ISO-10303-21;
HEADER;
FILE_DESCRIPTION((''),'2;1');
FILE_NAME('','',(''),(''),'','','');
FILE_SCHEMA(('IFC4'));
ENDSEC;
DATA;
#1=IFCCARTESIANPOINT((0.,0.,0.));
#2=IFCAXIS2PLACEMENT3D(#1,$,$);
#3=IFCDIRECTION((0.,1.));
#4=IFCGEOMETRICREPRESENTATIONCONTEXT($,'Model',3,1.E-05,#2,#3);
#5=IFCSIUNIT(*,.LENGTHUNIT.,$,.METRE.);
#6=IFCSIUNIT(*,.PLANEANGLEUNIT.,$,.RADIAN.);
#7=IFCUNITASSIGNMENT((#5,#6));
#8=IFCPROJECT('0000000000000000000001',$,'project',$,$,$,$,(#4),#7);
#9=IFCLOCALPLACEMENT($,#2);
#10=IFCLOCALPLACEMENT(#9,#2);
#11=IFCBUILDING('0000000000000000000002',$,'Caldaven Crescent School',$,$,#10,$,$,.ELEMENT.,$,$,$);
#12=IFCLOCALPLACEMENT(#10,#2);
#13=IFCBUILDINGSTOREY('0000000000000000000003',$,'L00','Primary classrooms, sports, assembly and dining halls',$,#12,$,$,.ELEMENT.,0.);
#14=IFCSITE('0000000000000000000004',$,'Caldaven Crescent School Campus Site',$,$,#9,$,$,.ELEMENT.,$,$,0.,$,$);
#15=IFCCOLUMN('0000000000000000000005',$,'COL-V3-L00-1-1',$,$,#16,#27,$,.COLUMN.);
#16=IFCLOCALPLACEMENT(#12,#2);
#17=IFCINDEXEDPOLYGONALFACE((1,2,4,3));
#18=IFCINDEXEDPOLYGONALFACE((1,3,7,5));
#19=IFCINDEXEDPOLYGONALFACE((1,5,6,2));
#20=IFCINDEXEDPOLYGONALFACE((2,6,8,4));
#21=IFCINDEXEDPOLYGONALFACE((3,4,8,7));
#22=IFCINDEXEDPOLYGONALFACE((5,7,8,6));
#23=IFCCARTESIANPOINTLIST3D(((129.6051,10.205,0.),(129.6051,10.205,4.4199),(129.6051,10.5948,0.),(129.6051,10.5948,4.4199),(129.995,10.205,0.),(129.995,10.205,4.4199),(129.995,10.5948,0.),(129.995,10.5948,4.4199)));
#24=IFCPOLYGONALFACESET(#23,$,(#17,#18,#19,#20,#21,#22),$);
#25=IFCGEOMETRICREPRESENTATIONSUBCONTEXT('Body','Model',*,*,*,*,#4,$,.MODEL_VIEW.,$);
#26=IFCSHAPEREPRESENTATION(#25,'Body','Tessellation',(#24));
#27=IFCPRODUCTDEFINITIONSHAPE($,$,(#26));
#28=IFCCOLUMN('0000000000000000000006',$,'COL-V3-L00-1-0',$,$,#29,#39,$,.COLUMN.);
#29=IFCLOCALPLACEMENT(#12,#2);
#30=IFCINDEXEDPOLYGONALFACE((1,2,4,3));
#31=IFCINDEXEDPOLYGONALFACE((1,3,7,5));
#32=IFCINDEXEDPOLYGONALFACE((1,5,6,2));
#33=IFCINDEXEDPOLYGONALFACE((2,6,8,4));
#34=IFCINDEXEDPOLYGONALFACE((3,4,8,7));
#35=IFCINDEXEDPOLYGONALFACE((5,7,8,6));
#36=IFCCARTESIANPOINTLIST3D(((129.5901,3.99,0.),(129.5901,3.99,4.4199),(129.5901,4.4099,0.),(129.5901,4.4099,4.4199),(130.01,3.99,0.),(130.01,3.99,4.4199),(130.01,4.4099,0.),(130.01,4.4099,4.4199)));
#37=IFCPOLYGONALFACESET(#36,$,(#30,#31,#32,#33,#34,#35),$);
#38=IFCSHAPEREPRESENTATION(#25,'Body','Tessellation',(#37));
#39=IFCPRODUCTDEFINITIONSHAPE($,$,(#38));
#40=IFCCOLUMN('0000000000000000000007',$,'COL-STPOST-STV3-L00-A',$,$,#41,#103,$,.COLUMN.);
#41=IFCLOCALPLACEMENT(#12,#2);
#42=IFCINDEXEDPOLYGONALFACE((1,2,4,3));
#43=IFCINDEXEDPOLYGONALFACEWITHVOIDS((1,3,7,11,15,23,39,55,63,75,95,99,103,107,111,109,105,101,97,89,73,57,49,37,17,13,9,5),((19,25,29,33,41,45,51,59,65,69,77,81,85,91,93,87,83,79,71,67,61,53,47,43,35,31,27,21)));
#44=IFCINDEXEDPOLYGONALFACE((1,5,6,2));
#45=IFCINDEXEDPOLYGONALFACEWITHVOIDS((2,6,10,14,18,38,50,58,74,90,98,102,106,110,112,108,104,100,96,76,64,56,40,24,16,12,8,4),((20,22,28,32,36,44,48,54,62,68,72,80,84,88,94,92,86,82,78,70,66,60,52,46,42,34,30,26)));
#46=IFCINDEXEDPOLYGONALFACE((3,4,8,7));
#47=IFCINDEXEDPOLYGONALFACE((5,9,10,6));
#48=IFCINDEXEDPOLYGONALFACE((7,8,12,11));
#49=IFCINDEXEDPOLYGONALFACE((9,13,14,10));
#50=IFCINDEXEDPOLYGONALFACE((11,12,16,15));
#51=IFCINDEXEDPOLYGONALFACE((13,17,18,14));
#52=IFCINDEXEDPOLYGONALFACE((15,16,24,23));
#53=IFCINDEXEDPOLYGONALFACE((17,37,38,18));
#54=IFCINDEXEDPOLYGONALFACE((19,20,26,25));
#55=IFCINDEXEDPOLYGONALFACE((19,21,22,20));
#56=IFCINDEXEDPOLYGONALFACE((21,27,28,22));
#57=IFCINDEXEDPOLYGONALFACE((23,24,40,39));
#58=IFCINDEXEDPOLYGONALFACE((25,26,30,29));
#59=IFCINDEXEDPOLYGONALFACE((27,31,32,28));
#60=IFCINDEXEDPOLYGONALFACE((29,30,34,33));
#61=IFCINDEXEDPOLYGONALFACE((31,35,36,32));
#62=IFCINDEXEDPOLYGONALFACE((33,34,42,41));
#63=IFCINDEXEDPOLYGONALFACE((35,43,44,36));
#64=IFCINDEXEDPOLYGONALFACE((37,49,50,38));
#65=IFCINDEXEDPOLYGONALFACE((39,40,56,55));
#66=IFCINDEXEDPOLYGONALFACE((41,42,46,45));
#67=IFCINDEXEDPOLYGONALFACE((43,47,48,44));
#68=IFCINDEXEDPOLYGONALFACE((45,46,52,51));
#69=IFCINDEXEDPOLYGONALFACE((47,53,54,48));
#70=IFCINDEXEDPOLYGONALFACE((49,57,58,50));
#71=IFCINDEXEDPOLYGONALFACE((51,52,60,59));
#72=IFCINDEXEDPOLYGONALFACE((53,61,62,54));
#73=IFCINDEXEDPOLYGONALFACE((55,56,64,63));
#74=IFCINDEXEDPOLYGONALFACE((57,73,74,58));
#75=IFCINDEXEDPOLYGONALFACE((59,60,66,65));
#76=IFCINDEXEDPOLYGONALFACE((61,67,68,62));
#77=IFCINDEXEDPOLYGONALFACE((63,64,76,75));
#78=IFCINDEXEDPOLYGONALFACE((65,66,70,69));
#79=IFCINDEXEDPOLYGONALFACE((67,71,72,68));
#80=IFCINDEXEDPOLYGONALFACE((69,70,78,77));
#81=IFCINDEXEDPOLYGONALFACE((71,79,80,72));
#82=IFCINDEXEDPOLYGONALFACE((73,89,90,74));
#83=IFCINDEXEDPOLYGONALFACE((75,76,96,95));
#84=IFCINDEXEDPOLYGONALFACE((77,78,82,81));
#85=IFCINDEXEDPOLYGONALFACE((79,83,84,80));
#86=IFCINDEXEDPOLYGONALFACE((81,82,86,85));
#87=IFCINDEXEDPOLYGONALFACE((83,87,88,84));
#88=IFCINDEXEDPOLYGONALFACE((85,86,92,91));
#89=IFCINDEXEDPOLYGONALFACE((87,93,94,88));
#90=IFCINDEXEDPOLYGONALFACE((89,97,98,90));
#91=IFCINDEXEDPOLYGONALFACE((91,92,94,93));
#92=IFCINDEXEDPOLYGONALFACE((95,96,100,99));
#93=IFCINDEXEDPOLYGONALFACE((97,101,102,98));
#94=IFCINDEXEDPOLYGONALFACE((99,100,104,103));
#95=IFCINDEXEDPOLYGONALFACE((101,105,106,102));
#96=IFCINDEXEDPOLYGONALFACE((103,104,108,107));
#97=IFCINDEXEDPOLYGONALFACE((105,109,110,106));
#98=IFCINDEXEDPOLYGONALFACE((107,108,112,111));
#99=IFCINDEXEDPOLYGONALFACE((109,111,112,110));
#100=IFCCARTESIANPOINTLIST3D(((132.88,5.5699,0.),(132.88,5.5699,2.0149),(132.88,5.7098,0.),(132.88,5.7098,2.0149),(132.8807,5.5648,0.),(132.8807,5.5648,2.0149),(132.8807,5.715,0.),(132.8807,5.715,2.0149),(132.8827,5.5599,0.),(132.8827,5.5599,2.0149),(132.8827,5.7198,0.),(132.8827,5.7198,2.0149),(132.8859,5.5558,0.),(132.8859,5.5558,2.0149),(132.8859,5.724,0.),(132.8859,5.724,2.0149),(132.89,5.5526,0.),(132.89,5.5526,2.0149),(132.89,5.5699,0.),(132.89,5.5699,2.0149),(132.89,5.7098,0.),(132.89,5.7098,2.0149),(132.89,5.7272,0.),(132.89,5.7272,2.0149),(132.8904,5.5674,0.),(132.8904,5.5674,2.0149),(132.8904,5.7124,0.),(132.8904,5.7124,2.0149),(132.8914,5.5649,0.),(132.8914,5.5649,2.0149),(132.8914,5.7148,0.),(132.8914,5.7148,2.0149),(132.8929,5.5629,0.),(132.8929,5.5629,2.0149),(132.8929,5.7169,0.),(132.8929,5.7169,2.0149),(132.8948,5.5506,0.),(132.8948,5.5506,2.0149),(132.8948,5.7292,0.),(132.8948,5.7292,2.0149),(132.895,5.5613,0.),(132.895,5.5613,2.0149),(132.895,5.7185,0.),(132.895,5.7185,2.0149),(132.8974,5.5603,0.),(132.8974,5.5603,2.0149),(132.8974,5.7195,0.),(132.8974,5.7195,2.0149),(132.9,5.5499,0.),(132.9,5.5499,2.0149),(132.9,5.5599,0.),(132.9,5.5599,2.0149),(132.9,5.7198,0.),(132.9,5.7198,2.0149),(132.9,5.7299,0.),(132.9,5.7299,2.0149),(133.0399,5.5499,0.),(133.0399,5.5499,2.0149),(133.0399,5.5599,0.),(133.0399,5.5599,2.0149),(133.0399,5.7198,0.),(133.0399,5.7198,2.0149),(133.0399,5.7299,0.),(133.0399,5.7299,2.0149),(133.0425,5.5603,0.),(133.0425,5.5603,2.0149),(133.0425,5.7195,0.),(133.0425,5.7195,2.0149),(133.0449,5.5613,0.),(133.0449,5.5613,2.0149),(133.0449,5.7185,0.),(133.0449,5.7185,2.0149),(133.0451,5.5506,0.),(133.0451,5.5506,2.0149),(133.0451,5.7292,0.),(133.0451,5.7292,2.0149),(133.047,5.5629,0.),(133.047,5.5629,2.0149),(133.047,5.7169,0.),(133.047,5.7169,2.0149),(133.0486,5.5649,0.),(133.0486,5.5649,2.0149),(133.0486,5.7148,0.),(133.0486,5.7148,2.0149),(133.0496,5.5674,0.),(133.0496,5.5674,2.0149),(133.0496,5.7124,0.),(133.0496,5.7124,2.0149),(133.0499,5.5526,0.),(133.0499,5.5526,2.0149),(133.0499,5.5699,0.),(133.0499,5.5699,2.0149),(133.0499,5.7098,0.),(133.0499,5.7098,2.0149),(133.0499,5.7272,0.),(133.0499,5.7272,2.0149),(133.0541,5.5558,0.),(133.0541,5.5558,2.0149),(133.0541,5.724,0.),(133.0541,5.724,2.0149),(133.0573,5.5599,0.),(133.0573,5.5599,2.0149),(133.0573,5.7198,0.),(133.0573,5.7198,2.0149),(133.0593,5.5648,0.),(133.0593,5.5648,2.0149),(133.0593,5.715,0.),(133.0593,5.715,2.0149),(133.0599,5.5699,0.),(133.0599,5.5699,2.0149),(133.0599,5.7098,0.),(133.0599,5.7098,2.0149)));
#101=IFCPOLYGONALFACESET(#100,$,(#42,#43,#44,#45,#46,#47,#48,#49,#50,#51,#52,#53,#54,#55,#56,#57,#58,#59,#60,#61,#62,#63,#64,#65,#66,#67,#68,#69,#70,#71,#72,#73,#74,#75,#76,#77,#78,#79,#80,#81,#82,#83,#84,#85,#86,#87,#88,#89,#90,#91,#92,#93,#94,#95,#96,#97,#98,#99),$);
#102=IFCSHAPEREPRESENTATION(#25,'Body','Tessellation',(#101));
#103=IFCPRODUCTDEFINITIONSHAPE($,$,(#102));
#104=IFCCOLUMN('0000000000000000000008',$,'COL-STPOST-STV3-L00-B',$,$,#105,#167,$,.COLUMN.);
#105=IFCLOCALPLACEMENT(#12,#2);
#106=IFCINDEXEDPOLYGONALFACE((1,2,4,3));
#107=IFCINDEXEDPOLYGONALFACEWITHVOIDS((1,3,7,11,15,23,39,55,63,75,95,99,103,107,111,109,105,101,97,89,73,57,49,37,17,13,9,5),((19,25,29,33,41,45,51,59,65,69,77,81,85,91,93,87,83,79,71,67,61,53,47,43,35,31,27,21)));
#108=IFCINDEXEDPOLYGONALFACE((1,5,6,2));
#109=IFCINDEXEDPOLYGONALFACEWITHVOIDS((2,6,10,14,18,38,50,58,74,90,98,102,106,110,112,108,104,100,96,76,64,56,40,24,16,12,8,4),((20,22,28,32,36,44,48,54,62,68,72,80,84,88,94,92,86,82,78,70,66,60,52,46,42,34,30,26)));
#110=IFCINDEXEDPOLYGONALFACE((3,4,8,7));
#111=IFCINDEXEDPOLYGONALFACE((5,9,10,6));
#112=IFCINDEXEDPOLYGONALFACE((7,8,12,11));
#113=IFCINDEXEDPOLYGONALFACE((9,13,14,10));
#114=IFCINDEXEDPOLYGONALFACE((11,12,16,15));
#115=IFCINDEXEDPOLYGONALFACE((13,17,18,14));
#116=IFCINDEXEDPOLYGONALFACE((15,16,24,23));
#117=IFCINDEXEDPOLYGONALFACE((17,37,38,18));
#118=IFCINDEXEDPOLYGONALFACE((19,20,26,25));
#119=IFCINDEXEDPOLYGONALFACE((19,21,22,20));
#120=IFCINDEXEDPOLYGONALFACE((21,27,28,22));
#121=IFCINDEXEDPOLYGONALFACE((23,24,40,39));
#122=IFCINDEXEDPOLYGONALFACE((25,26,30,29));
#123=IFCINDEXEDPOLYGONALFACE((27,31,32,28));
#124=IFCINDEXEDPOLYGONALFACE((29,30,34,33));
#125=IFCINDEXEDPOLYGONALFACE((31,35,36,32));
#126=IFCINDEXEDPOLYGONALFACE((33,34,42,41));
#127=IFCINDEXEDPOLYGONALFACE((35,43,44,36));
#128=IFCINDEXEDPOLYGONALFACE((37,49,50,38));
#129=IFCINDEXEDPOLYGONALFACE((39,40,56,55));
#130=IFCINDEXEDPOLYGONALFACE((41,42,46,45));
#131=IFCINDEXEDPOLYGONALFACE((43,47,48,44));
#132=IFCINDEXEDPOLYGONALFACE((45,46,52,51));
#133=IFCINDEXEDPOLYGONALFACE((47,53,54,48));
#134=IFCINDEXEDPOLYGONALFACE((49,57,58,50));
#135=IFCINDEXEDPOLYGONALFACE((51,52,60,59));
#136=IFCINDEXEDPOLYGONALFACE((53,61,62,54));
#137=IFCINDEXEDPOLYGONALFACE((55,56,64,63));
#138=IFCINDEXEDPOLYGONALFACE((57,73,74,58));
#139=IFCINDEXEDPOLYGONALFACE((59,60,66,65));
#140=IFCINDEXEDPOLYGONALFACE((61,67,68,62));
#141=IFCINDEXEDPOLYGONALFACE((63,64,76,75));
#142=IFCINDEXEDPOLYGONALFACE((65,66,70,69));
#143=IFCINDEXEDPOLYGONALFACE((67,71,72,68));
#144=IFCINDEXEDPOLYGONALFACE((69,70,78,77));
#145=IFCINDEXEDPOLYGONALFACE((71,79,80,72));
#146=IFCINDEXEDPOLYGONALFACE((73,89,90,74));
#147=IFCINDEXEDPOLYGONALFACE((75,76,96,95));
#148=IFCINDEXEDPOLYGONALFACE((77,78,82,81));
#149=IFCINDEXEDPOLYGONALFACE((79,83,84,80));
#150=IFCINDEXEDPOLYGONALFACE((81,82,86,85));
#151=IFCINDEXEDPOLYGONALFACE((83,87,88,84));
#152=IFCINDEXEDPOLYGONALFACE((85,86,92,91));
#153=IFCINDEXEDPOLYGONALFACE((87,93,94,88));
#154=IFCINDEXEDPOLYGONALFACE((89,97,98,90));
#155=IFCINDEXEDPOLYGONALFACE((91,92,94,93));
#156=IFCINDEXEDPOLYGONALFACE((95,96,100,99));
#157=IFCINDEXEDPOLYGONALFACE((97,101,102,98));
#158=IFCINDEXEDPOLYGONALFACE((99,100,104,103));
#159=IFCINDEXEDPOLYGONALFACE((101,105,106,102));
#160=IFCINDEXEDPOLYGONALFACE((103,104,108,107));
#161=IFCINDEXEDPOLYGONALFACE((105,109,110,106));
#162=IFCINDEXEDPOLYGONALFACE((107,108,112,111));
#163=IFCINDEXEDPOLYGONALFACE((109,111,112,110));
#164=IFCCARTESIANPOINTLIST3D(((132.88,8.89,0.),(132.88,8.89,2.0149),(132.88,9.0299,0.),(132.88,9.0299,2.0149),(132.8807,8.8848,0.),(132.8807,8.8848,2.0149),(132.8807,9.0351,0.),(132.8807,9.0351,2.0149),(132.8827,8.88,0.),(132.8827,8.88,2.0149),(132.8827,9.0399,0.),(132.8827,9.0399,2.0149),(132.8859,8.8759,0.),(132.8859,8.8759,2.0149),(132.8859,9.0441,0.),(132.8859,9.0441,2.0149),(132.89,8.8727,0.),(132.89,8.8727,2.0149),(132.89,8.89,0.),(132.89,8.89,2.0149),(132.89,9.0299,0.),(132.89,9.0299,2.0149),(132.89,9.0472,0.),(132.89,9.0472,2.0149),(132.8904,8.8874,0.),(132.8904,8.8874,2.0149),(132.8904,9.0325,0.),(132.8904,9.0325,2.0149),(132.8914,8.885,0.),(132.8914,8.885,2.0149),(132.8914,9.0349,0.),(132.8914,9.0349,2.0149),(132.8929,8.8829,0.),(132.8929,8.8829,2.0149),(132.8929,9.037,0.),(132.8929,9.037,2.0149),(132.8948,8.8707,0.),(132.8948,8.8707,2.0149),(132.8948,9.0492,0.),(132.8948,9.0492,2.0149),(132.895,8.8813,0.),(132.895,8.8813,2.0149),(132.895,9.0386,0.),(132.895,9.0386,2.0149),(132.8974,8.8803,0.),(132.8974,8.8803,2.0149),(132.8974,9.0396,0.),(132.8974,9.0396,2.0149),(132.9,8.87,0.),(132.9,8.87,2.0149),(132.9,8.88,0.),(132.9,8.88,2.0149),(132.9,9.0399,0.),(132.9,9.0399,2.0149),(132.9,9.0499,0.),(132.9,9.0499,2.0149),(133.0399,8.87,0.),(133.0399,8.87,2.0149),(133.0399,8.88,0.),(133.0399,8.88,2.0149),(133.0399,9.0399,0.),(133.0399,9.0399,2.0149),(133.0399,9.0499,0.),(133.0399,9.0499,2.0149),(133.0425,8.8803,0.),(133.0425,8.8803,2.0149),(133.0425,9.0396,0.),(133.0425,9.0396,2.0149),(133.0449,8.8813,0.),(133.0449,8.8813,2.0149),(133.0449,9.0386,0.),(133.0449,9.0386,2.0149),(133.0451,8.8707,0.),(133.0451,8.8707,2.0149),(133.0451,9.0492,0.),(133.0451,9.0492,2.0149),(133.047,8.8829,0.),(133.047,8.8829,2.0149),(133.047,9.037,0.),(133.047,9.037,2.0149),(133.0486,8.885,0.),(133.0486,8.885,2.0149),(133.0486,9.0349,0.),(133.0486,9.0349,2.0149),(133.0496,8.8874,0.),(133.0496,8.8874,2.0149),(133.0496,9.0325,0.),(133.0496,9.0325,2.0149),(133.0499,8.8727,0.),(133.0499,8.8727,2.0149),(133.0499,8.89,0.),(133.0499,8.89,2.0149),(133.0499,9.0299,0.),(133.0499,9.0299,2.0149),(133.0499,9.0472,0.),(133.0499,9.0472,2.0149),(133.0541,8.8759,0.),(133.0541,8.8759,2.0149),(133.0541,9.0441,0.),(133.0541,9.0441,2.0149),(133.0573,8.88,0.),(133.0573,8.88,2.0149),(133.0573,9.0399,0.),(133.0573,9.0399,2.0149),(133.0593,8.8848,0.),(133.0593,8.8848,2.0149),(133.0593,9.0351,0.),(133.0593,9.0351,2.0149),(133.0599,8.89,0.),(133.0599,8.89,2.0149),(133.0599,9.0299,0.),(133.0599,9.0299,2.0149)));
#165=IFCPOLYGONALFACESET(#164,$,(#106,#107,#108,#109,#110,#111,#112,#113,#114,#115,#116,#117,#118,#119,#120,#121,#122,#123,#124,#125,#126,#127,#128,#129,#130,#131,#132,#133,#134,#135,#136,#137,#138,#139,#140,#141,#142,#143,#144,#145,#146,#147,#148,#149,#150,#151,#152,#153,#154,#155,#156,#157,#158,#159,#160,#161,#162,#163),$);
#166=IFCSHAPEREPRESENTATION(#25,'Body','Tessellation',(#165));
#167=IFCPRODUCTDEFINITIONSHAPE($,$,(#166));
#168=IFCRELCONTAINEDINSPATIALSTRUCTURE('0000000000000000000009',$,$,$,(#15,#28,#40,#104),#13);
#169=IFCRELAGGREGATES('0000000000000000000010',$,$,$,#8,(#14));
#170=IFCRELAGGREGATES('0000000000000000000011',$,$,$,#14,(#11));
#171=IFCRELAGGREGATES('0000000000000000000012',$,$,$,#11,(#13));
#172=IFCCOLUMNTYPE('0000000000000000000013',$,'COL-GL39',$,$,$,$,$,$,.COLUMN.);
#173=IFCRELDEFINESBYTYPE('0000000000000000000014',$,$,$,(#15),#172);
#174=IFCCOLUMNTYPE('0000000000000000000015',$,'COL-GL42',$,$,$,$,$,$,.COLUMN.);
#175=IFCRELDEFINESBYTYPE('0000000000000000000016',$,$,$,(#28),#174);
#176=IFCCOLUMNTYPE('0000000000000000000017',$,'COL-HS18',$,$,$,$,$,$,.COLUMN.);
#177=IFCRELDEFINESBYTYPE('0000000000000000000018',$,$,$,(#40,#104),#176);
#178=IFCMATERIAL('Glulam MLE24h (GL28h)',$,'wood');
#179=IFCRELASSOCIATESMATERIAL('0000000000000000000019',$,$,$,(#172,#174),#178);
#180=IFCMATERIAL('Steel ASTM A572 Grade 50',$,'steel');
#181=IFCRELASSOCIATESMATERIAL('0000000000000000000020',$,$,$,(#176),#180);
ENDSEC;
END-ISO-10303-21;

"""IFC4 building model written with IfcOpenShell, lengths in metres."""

from ifc_helpers import new_model, si_unit, direction, frame, origin, origin_2d, place, context, subcontext, project, spatial, rectangle, hollow_rectangle, extrude, material, material_profile, profile_set, type_object, element, save


model = new_model("IFC4")

# Units and contexts
model_context = context("Model", 3, precision=1e-05, world=origin(), true_north=direction((0.0, 1.0)))
body_context = subcontext(model_context, "Body", "Model", "MODEL_VIEW")
ifc_project = project(units=[si_unit("LENGTHUNIT", "METRE"), si_unit("PLANEANGLEUNIT", "RADIAN")], contexts=[model_context])

# Site, building, storey
site_placement = place(None, origin())
site = spatial("IfcSite", under=ifc_project, at=site_placement, Name="Caldaven Crescent School Campus Site", CompositionType="ELEMENT", RefElevation=0.0)
building_placement = place(site_placement, origin())
building = spatial("IfcBuilding", under=site, at=building_placement, Name="Caldaven Crescent School", CompositionType="ELEMENT")
storey_placement = place(building_placement, origin())
storey = spatial("IfcBuildingStorey", under=building, at=storey_placement, Name="L00", Description="Primary classrooms, sports, assembly and dining halls", CompositionType="ELEMENT", Elevation=0.0)

# Columns
ifc_material_1 = material(Name="Glulam MLE24h (GL28h)", Category="wood")
ifc_material_profile_1 = material_profile(ifc_material_1, rectangle(XDim=0.3899, YDim=0.3899, at=origin_2d()), Name="MLE 390x390")
ifc_profile_set_1 = profile_set([ifc_material_profile_1], Name="Glulam MLE24h (GL28h)")
column_type_1 = type_object("IfcColumnType", Name="COL-GL39", PredefinedType="COLUMN", material=ifc_profile_set_1)
column_1_placement = place(storey_placement, frame((129.8, 10.3999, 0.0), z_axis=(0.0, 0.0, 1.0), x_axis=(1.0, 0.0, 0.0)))
element("IfcColumn", 1, at=column_1_placement, inside=storey, type_object=column_type_1, Name="COL-V3-L00-1-1", PredefinedType="COLUMN", context=body_context, shape_type="SweptSolid", body=[
    extrude(rectangle(XDim=0.3899, YDim=0.3899, at=origin_2d()), origin(), (0.0, 0.0, 1.0), 4.4199),
])
ifc_material_profile_2 = material_profile(ifc_material_1, rectangle(XDim=0.4199, YDim=0.4199, at=origin_2d()), Name="MLE 420x420")
ifc_profile_set_2 = profile_set([ifc_material_profile_2], Name="Glulam MLE24h (GL28h)")
column_type_2 = type_object("IfcColumnType", Name="COL-GL42", PredefinedType="COLUMN", material=ifc_profile_set_2)
column_2_placement = place(storey_placement, frame((129.8, 4.2, 0.0), z_axis=(0.0, 0.0, 1.0), x_axis=(1.0, 0.0, 0.0)))
element("IfcColumn", 2, at=column_2_placement, inside=storey, type_object=column_type_2, Name="COL-V3-L00-1-0", PredefinedType="COLUMN", context=body_context, shape_type="SweptSolid", body=[
    extrude(rectangle(XDim=0.4199, YDim=0.4199, at=origin_2d()), origin(), (0.0, 0.0, 1.0), 4.4199),
])
ifc_material_2 = material(Name="Steel ASTM A572 Grade 50", Category="steel")
ifc_material_profile_3 = material_profile(ifc_material_2, hollow_rectangle(XDim=0.1799, YDim=0.1799, WallThickness=0.01, InnerFilletRadius=0.01, OuterFilletRadius=0.02, at=origin_2d()), Name="HSS 180x180x10")
ifc_profile_set_3 = profile_set([ifc_material_profile_3], Name="Steel ASTM A572 Grade 50")
column_type_3 = type_object("IfcColumnType", Name="COL-HS18", PredefinedType="COLUMN", material=ifc_profile_set_3)
for number, where, z_axis, x_axis, name in (
    (3, (132.97, 5.6399, 0.0), (0.0, 0.0, 1.0), (1.0, 0.0, 0.0), "COL-STPOST-STV3-L00-A"),
    (4, (132.97, 8.96, 0.0), (0.0, 0.0, 1.0), (1.0, 0.0, 0.0), "COL-STPOST-STV3-L00-B"),
):
    element("IfcColumn", number, at=place(storey_placement, frame(where, z_axis=z_axis, x_axis=x_axis)), inside=storey, type_object=column_type_3, Name=name, PredefinedType="COLUMN", context=body_context, shape_type="SweptSolid", body=[
        extrude(hollow_rectangle(XDim=0.1799, YDim=0.1799, WallThickness=0.01, InnerFilletRadius=0.01, OuterFilletRadius=0.02, at=origin_2d()), origin(), (0.0, 0.0, 1.0), 2.0149),
    ])

save(model, "model.ifc")
